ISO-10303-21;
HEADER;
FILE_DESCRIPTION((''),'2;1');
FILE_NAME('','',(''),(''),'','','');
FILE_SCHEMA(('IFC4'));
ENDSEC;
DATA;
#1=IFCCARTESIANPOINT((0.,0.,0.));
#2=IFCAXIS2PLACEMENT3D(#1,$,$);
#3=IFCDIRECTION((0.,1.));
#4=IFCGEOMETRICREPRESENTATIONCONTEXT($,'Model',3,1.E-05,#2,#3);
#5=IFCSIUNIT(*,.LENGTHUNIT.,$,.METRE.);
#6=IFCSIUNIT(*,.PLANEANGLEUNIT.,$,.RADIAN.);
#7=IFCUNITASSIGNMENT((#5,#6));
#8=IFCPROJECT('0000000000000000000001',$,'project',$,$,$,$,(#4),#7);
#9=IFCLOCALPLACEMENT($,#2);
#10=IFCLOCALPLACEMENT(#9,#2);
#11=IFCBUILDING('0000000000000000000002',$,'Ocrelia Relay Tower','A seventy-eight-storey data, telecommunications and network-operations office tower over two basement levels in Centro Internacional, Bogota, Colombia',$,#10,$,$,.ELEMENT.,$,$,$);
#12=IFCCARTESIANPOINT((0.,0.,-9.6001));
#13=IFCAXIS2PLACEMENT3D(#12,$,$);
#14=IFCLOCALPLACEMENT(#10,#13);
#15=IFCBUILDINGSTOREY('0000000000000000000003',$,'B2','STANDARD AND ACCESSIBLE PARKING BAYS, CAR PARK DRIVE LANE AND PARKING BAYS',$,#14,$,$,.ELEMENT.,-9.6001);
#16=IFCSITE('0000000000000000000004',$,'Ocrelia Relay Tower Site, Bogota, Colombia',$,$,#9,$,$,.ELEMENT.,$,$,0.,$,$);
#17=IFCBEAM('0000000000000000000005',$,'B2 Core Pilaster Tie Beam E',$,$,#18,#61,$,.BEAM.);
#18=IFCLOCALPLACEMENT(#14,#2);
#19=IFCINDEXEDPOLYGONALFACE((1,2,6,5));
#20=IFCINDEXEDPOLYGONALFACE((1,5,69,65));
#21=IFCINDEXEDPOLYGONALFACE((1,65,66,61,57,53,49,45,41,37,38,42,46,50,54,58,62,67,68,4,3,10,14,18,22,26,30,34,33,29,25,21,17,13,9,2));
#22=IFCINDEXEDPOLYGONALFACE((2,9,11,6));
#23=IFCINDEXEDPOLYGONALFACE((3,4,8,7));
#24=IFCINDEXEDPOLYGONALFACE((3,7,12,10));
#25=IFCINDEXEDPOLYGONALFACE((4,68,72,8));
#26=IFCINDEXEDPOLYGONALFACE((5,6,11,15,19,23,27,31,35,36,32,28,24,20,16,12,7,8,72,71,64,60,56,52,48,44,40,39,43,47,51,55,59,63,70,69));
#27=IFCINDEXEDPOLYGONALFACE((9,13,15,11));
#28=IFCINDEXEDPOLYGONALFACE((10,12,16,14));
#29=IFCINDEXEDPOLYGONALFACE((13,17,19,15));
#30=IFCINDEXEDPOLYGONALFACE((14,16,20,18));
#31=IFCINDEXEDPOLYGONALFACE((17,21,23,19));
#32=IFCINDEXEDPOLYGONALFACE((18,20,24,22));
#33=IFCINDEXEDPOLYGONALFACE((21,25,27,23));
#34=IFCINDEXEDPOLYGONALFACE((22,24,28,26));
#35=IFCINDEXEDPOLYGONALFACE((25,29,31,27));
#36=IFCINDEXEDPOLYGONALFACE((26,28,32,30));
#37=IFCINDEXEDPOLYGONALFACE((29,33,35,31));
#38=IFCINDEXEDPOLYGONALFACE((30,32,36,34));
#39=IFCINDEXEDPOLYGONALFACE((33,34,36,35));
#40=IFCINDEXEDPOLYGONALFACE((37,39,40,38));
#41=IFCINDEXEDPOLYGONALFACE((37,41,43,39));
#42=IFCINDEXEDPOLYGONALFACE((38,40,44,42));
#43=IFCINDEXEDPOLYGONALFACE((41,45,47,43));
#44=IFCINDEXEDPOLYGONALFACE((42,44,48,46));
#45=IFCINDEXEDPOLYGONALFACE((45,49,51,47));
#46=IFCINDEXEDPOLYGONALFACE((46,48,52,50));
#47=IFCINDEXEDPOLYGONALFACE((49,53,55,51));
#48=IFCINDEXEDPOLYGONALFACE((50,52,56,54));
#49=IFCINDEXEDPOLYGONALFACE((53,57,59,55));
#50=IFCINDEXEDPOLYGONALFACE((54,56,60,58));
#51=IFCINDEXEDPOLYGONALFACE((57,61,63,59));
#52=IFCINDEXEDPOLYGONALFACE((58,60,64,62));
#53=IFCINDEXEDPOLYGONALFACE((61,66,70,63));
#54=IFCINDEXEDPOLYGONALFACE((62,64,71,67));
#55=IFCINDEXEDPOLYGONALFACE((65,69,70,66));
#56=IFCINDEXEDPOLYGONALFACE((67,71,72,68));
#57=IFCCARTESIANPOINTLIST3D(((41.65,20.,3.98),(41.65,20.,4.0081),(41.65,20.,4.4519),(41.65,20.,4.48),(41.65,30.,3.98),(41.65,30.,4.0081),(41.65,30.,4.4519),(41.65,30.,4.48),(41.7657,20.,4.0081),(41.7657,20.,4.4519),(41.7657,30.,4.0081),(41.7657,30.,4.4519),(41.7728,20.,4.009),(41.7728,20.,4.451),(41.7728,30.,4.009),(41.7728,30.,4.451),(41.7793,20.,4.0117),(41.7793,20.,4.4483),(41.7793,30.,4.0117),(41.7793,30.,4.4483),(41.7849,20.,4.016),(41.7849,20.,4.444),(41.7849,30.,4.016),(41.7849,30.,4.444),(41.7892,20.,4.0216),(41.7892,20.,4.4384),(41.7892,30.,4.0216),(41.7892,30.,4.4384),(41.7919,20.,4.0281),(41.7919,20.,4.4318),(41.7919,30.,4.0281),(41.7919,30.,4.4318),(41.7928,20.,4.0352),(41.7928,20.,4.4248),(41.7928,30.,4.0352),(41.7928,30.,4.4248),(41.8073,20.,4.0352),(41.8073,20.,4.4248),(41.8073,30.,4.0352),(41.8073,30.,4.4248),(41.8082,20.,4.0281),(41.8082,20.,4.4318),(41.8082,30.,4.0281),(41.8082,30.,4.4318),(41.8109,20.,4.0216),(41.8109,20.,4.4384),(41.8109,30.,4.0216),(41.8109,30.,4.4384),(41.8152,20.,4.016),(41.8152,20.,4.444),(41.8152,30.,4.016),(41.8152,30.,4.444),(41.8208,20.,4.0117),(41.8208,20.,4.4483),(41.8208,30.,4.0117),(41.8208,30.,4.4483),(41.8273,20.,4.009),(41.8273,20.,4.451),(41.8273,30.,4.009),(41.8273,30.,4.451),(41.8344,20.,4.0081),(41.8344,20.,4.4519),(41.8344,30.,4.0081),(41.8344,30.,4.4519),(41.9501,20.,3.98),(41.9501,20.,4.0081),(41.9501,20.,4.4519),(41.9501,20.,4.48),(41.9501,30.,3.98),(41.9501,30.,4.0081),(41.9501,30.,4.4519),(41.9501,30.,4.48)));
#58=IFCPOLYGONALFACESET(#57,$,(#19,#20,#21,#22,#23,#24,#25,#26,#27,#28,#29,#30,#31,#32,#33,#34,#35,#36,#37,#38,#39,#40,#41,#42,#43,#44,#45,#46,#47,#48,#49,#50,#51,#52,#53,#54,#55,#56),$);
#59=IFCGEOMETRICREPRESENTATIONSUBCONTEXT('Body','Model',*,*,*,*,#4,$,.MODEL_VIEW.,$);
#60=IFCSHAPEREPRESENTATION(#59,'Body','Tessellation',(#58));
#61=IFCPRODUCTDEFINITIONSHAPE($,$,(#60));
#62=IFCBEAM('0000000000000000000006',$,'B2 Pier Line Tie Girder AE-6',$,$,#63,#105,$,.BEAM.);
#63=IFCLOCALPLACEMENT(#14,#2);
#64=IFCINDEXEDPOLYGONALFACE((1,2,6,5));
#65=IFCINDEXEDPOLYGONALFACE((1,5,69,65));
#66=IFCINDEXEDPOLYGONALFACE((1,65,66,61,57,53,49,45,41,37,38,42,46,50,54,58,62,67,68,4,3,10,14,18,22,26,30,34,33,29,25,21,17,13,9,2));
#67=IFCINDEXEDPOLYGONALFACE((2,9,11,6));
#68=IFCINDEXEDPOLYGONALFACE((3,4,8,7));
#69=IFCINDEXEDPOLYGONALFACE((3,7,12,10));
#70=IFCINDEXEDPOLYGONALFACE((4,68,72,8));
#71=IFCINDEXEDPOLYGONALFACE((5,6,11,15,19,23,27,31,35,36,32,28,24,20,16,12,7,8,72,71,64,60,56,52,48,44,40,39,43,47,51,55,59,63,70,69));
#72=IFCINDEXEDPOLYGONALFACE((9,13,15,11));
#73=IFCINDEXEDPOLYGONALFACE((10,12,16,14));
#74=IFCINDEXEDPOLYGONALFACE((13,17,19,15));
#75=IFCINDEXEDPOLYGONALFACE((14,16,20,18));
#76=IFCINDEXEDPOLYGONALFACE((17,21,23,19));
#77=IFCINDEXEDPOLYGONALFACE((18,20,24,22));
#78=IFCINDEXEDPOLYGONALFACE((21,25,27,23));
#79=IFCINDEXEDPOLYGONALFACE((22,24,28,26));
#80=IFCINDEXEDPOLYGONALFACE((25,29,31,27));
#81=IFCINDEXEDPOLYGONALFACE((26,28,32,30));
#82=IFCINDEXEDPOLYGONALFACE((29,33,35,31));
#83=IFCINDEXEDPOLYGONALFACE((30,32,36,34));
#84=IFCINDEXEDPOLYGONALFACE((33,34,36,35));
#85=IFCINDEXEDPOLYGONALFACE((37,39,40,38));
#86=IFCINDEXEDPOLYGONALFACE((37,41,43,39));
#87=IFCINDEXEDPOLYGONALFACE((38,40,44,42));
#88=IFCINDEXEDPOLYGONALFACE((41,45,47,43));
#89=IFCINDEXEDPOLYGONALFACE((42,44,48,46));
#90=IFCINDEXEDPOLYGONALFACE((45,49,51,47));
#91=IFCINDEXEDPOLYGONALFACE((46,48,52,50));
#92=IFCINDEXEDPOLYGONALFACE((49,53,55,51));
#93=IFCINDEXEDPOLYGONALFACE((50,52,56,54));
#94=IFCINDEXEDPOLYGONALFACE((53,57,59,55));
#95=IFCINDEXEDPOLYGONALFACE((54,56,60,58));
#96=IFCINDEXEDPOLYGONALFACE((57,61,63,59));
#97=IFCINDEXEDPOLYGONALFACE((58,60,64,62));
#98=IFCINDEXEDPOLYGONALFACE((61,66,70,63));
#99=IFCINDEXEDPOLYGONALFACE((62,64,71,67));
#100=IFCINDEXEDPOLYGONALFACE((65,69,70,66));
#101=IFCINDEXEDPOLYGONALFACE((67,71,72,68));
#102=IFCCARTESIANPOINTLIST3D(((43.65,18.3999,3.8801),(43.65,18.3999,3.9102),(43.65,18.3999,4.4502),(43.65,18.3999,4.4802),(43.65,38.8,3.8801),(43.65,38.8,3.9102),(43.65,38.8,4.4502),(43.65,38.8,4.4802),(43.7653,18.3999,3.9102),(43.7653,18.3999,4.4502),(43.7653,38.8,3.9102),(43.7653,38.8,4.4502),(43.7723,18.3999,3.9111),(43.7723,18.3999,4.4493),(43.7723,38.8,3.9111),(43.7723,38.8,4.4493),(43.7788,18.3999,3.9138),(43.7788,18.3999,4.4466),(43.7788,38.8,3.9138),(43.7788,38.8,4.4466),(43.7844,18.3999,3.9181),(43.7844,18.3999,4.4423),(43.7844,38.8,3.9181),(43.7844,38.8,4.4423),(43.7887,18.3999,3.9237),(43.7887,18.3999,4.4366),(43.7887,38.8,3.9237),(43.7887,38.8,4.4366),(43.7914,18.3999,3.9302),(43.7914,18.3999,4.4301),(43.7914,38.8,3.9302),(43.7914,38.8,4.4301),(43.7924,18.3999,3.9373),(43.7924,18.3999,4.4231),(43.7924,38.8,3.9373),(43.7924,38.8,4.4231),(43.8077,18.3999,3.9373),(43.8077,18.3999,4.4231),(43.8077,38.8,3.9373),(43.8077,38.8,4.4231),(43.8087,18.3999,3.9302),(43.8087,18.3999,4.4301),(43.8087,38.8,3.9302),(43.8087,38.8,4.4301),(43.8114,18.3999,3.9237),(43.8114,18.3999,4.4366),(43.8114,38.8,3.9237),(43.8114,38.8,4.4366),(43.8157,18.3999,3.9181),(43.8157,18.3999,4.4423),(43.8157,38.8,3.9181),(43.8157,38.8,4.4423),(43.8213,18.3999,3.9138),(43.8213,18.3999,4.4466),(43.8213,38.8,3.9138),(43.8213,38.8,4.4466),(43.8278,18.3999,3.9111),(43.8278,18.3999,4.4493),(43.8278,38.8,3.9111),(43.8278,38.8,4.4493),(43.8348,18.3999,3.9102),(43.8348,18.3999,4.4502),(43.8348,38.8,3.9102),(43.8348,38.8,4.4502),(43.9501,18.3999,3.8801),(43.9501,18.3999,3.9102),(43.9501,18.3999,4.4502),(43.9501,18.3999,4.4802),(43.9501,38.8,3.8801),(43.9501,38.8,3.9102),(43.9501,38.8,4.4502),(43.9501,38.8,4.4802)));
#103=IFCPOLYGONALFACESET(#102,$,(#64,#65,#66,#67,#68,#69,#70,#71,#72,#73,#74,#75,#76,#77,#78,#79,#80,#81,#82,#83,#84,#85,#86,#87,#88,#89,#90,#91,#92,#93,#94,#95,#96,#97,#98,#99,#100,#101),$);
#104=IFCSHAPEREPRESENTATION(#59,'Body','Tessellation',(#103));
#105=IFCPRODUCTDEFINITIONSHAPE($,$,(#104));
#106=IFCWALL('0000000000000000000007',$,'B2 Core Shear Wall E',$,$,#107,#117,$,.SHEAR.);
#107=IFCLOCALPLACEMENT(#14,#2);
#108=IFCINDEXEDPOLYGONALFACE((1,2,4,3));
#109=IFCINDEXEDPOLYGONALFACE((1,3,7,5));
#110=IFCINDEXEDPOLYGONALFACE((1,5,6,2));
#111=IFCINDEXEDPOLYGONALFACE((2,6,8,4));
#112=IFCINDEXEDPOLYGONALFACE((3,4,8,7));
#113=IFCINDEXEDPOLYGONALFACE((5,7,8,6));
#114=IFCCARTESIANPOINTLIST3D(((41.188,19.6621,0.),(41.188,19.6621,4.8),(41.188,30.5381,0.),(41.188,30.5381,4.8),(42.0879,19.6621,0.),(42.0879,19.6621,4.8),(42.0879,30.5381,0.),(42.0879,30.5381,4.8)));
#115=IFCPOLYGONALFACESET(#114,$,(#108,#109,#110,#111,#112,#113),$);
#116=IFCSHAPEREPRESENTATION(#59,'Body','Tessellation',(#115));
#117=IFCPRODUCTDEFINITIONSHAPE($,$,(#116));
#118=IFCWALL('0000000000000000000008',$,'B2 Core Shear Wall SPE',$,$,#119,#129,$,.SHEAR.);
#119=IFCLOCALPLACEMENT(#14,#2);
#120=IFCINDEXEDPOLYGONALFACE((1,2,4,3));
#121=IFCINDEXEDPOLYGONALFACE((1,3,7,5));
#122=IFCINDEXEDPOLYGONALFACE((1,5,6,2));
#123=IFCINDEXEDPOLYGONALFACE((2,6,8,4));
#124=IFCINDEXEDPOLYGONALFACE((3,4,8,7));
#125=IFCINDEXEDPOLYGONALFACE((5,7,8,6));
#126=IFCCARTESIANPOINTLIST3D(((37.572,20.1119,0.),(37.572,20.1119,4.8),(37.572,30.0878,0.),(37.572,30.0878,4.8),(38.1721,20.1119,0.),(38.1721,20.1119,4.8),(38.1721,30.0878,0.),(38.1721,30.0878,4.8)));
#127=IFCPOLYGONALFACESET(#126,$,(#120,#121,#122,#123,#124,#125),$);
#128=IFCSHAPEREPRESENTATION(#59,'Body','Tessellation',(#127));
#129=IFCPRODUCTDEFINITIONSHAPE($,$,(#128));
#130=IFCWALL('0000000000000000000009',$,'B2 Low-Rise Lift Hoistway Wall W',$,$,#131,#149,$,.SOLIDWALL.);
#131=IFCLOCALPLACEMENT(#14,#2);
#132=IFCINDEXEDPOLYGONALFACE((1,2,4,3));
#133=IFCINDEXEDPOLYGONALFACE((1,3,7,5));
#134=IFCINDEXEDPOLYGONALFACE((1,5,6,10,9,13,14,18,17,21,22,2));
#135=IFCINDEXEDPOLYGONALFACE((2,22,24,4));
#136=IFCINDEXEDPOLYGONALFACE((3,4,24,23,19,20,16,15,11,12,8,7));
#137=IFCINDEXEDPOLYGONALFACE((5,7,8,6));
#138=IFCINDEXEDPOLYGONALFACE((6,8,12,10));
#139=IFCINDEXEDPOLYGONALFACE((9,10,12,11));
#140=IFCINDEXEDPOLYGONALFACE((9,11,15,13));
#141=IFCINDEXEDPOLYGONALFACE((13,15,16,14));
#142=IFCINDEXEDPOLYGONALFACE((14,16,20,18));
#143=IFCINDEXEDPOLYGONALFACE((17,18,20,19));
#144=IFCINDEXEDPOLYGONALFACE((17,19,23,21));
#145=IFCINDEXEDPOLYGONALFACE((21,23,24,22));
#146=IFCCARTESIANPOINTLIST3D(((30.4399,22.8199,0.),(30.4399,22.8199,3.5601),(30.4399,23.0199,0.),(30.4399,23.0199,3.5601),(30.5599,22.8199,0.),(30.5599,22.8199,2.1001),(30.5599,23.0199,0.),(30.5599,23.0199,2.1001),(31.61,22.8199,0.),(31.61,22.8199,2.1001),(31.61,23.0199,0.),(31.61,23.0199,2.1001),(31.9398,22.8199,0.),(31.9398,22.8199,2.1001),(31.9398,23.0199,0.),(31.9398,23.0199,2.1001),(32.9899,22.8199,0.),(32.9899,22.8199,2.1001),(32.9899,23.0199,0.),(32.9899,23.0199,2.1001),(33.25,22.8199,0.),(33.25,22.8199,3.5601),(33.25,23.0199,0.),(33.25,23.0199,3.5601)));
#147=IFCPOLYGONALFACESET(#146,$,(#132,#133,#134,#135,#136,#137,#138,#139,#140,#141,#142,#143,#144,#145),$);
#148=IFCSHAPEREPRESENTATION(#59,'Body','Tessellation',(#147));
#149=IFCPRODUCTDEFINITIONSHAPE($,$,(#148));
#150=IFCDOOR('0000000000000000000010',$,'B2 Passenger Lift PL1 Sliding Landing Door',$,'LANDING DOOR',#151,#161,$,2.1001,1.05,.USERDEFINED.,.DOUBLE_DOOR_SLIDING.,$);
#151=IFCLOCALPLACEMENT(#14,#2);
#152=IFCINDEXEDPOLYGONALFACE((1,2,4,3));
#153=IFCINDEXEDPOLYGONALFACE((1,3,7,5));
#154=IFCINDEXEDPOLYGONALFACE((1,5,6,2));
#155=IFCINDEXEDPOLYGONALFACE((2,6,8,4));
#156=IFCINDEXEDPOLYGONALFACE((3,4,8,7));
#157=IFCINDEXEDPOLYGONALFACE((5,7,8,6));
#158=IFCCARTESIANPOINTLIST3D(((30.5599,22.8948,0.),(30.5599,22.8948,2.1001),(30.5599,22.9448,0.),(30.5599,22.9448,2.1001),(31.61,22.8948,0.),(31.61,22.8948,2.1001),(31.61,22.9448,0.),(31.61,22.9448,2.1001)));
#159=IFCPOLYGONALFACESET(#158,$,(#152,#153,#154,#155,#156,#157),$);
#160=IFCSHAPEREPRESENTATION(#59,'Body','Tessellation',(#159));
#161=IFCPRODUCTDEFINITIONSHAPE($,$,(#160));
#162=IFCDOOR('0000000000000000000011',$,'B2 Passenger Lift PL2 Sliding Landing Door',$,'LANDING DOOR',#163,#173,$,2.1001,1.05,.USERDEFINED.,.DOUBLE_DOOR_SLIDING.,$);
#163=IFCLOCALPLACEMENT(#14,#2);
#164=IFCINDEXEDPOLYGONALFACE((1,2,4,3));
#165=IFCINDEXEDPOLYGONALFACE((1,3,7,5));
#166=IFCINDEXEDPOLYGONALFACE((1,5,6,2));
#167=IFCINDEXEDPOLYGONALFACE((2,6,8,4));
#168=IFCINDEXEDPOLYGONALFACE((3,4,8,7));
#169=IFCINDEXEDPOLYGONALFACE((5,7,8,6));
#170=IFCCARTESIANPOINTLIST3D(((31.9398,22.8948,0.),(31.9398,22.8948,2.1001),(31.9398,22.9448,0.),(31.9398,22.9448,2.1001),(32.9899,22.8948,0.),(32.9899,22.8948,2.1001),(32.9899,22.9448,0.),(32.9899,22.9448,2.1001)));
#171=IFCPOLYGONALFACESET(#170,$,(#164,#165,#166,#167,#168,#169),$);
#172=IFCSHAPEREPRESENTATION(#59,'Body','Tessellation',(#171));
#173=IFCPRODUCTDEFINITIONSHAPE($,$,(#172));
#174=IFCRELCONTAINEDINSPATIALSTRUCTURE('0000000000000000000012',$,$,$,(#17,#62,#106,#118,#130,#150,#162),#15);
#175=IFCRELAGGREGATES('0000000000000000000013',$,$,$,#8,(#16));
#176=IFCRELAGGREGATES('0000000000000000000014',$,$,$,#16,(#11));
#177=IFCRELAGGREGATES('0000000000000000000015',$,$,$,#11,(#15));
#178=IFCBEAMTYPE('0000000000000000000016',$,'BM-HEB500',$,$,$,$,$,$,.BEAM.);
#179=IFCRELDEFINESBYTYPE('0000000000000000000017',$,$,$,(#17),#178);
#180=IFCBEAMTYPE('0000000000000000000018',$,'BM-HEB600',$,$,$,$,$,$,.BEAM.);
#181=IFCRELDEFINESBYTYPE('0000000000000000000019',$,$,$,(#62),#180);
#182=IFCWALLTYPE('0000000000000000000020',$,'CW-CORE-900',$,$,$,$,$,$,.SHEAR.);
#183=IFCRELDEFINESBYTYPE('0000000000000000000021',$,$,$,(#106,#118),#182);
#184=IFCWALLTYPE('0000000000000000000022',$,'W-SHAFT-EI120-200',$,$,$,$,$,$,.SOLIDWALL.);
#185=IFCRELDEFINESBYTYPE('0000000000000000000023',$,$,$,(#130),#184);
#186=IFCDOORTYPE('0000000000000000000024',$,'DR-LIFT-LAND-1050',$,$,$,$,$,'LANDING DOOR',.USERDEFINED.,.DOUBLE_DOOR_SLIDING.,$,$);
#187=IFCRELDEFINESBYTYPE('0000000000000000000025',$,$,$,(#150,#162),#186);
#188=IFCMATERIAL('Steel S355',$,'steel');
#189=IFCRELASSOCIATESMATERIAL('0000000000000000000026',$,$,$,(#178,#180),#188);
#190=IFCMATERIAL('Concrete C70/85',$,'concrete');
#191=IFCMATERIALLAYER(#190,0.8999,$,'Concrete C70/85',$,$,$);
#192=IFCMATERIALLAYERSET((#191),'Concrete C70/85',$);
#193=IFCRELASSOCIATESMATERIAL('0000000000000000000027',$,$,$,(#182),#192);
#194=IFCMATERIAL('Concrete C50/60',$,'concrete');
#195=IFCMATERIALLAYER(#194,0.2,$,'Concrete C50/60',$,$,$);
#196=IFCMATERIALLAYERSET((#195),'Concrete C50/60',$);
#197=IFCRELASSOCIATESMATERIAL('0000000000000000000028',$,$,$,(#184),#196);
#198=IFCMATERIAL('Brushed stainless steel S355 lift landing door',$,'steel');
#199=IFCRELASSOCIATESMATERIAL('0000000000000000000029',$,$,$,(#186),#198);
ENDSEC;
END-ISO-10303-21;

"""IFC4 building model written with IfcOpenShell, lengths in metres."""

from ifc_helpers import new_model, si_unit, direction, frame, frame_2d, origin, origin_2d, place, context, subcontext, project, spatial, rectangle, i_section, extrude, material, layer, layer_set, material_profile, profile_set, type_object, element, fill, save


model = new_model("IFC4")

# Units and contexts
model_context = context("Model", 3, precision=1e-05, world=origin(), true_north=direction((0.0, 1.0)))
body_context = subcontext(model_context, "Body", "Model", "MODEL_VIEW")
ifc_project = project(units=[si_unit("LENGTHUNIT", "METRE"), si_unit("PLANEANGLEUNIT", "RADIAN")], contexts=[model_context])

# Site, building, storey
site_placement = place(None, origin())
site = spatial("IfcSite", under=ifc_project, at=site_placement, Name="Ocrelia Relay Tower Site, Bogota, Colombia", CompositionType="ELEMENT", RefElevation=0.0)
building_placement = place(site_placement, origin())
building = spatial("IfcBuilding", under=site, at=building_placement, Name="Ocrelia Relay Tower", Description="A seventy-eight-storey data, telecommunications and network-operations office tower over two basement levels in Centro Internacional, Bogota, Colombia", CompositionType="ELEMENT")
storey_placement = place(building_placement, frame((0.0, 0.0, -9.6001)))
storey = spatial("IfcBuildingStorey", under=building, at=storey_placement, Name="B2", Description="STANDARD AND ACCESSIBLE PARKING BAYS, CAR PARK DRIVE LANE AND PARKING BAYS", CompositionType="ELEMENT", Elevation=-9.6001)

# Shared definitions
ifc_material_1 = material(Name="Concrete C50/60", Category="concrete")

# Shared definitions
ifc_material_2 = material(Name="Concrete C70/85", Category="concrete")

# Beams
ifc_material_3 = material(Name="Steel S355", Category="steel")
ifc_material_profile_1 = material_profile(ifc_material_3, i_section(OverallWidth=0.3, OverallDepth=0.5, WebThickness=0.0144, FlangeThickness=0.0281, FilletRadius=0.0271, at=origin_2d()), Name="HEB 500")
ifc_profile_set_1 = profile_set([ifc_material_profile_1], Name="Steel S355")
beam_type_1 = type_object("IfcBeamType", Name="BM-HEB500", PredefinedType="BEAM", material=ifc_profile_set_1)
beam_1_placement = place(storey_placement, frame((41.8, 20.0, 4.23), z_axis=(0.0, 1.0, 0.0), x_axis=(-1.0, 0.0, 0.0)))
element("IfcBeam", 1, at=beam_1_placement, inside=storey, type_object=beam_type_1, Name="B2 Core Pilaster Tie Beam E", PredefinedType="BEAM", context=body_context, shape_type="SweptSolid", body=[
    extrude(i_section(OverallWidth=0.3, OverallDepth=0.5, WebThickness=0.0144, FlangeThickness=0.0281, FilletRadius=0.0271, at=origin_2d()), origin(), (0.0, 0.0, 1.0), 10.0),
])
ifc_material_profile_2 = material_profile(ifc_material_3, i_section(OverallWidth=0.3, OverallDepth=0.6001, WebThickness=0.0154, FlangeThickness=0.03, FilletRadius=0.0271, at=origin_2d()), Name="HEB 600")
ifc_profile_set_2 = profile_set([ifc_material_profile_2], Name="Steel S355")
beam_type_2 = type_object("IfcBeamType", Name="BM-HEB600", PredefinedType="BEAM", material=ifc_profile_set_2)
beam_2_placement = place(storey_placement, frame((43.8, 18.3999, 4.1802), z_axis=(0.0, 1.0, 0.0), x_axis=(-1.0, 0.0, 0.0)))
element("IfcBeam", 2, at=beam_2_placement, inside=storey, type_object=beam_type_2, Name="B2 Pier Line Tie Girder AE-6", PredefinedType="BEAM", context=body_context, shape_type="SweptSolid", body=[
    extrude(i_section(OverallWidth=0.3, OverallDepth=0.6001, WebThickness=0.0154, FlangeThickness=0.03, FilletRadius=0.0271, at=origin_2d()), origin(), (0.0, 0.0, 1.0), 20.4001),
])

# Walls
ifc_layer_1 = layer(ifc_material_2, 0.8999, Name="Concrete C70/85")
ifc_layer_set_1 = layer_set([ifc_layer_1], Name="Concrete C70/85")
wall_type_1 = type_object("IfcWallType", Name="CW-CORE-900", PredefinedType="SHEAR", material=ifc_layer_set_1)
wall_1_placement = place(storey_placement, frame((41.6379, 19.6621, 0.0), z_axis=(0.0, 0.0, 1.0), x_axis=(0.0, 1.0, 0.0)))
element("IfcWall", 3, at=wall_1_placement, inside=storey, type_object=wall_type_1, Name="B2 Core Shear Wall E", PredefinedType="SHEAR", context=body_context, shape_type="SweptSolid", body=[
    extrude(rectangle(XDim=10.876, YDim=0.8999, at=frame_2d((5.438, 0.0))), origin(), (0.0, 0.0, 1.0), 4.8),
])
wall_2_placement = place(storey_placement, frame((37.8721, 20.1121, 0.0), z_axis=(0.0, 0.0, 1.0), x_axis=(0.0, 1.0, 0.0)))
element("IfcWall", 4, at=wall_2_placement, inside=storey, type_object=wall_type_1, Name="B2 Core Shear Wall SPE", PredefinedType="SHEAR", context=body_context, shape_type="SweptSolid", body=[
    extrude(rectangle(XDim=9.9758, YDim=0.6001, at=frame_2d((4.9878, 0.0))), origin(), (0.0, 0.0, 1.0), 4.8),
])

# Wall, openings, doors
ifc_layer_2 = layer(ifc_material_1, 0.2, Name="Concrete C50/60")
ifc_layer_set_2 = layer_set([ifc_layer_2], Name="Concrete C50/60")
wall_type_2 = type_object("IfcWallType", Name="W-SHAFT-EI120-200", PredefinedType="SOLIDWALL", material=ifc_layer_set_2)
wall_3_placement = place(storey_placement, frame((30.4399, 22.9199, 0.0), z_axis=(0.0, 0.0, 1.0), x_axis=(1.0, 0.0, 0.0)))
wall_3 = element("IfcWall", 5, at=wall_3_placement, inside=storey, type_object=wall_type_2, Name="B2 Low-Rise Lift Hoistway Wall W", PredefinedType="SOLIDWALL", context=body_context, shape_type="SweptSolid", body=[
    extrude(rectangle(XDim=2.8101, YDim=0.2, at=frame_2d((1.405, 0.0))), origin(), (0.0, 0.0, 1.0), 3.5601),
])
opening_1_placement = place(wall_3_placement, frame((0.1201, 0.0, 0.0)))
opening_1 = element("IfcOpeningElement", 6, at=opening_1_placement, cuts=wall_3, PredefinedType="OPENING", context=body_context, shape_type="SweptSolid", body=[
    extrude(rectangle(XDim=1.05, YDim=2.1001, at=frame_2d((0.5249, 1.05))), frame((0.0, 0.1099, 0.0), z_axis=(0.0, -1.0, 0.0), x_axis=(1.0, 0.0, 0.0)), (0.0, 0.0, 1.0), 0.22),
])
opening_2_placement = place(wall_3_placement, frame((1.5, 0.0, 0.0)))
opening_2 = element("IfcOpeningElement", 7, at=opening_2_placement, cuts=wall_3, PredefinedType="OPENING", context=body_context, shape_type="SweptSolid", body=[
    extrude(rectangle(XDim=1.05, YDim=2.1001, at=frame_2d((0.5249, 1.05))), frame((0.0, 0.1099, 0.0), z_axis=(0.0, -1.0, 0.0), x_axis=(1.0, 0.0, 0.0)), (0.0, 0.0, 1.0), 0.22),
])
ifc_material_4 = material(Name="Brushed stainless steel S355 lift landing door", Category="steel")
door_type = type_object("IfcDoorType", Name="DR-LIFT-LAND-1050", ElementType="LANDING DOOR", OperationType="DOUBLE_DOOR_SLIDING", PredefinedType="USERDEFINED", material=ifc_material_4)
door_1_placement = place(opening_1_placement, origin())
door_1 = element("IfcDoor", 8, at=door_1_placement, inside=storey, type_object=door_type, Name="B2 Passenger Lift PL1 Sliding Landing Door", ObjectType="LANDING DOOR", OperationType="DOUBLE_DOOR_SLIDING", OverallHeight=2.1001, OverallWidth=1.05, PredefinedType="USERDEFINED", context=body_context, shape_type="SweptSolid", body=[
    extrude(rectangle(XDim=1.05, YDim=2.1001, at=frame_2d((0.5249, 1.05))), frame((0.0, 0.0249, 0.0), z_axis=(0.0, -1.0, 0.0), x_axis=(1.0, 0.0, 0.0)), (0.0, 0.0, 1.0), 0.05),
])
fill(opening_1, door_1)
door_2_placement = place(opening_2_placement, origin())
door_2 = element("IfcDoor", 9, at=door_2_placement, inside=storey, type_object=door_type, Name="B2 Passenger Lift PL2 Sliding Landing Door", ObjectType="LANDING DOOR", OperationType="DOUBLE_DOOR_SLIDING", OverallHeight=2.1001, OverallWidth=1.05, PredefinedType="USERDEFINED", context=body_context, shape_type="SweptSolid", body=[
    extrude(rectangle(XDim=1.05, YDim=2.1001, at=frame_2d((0.5249, 1.05))), frame((0.0, 0.0249, 0.0), z_axis=(0.0, -1.0, 0.0), x_axis=(1.0, 0.0, 0.0)), (0.0, 0.0, 1.0), 0.05),
])
fill(opening_2, door_2)

save(model, "model.ifc")
